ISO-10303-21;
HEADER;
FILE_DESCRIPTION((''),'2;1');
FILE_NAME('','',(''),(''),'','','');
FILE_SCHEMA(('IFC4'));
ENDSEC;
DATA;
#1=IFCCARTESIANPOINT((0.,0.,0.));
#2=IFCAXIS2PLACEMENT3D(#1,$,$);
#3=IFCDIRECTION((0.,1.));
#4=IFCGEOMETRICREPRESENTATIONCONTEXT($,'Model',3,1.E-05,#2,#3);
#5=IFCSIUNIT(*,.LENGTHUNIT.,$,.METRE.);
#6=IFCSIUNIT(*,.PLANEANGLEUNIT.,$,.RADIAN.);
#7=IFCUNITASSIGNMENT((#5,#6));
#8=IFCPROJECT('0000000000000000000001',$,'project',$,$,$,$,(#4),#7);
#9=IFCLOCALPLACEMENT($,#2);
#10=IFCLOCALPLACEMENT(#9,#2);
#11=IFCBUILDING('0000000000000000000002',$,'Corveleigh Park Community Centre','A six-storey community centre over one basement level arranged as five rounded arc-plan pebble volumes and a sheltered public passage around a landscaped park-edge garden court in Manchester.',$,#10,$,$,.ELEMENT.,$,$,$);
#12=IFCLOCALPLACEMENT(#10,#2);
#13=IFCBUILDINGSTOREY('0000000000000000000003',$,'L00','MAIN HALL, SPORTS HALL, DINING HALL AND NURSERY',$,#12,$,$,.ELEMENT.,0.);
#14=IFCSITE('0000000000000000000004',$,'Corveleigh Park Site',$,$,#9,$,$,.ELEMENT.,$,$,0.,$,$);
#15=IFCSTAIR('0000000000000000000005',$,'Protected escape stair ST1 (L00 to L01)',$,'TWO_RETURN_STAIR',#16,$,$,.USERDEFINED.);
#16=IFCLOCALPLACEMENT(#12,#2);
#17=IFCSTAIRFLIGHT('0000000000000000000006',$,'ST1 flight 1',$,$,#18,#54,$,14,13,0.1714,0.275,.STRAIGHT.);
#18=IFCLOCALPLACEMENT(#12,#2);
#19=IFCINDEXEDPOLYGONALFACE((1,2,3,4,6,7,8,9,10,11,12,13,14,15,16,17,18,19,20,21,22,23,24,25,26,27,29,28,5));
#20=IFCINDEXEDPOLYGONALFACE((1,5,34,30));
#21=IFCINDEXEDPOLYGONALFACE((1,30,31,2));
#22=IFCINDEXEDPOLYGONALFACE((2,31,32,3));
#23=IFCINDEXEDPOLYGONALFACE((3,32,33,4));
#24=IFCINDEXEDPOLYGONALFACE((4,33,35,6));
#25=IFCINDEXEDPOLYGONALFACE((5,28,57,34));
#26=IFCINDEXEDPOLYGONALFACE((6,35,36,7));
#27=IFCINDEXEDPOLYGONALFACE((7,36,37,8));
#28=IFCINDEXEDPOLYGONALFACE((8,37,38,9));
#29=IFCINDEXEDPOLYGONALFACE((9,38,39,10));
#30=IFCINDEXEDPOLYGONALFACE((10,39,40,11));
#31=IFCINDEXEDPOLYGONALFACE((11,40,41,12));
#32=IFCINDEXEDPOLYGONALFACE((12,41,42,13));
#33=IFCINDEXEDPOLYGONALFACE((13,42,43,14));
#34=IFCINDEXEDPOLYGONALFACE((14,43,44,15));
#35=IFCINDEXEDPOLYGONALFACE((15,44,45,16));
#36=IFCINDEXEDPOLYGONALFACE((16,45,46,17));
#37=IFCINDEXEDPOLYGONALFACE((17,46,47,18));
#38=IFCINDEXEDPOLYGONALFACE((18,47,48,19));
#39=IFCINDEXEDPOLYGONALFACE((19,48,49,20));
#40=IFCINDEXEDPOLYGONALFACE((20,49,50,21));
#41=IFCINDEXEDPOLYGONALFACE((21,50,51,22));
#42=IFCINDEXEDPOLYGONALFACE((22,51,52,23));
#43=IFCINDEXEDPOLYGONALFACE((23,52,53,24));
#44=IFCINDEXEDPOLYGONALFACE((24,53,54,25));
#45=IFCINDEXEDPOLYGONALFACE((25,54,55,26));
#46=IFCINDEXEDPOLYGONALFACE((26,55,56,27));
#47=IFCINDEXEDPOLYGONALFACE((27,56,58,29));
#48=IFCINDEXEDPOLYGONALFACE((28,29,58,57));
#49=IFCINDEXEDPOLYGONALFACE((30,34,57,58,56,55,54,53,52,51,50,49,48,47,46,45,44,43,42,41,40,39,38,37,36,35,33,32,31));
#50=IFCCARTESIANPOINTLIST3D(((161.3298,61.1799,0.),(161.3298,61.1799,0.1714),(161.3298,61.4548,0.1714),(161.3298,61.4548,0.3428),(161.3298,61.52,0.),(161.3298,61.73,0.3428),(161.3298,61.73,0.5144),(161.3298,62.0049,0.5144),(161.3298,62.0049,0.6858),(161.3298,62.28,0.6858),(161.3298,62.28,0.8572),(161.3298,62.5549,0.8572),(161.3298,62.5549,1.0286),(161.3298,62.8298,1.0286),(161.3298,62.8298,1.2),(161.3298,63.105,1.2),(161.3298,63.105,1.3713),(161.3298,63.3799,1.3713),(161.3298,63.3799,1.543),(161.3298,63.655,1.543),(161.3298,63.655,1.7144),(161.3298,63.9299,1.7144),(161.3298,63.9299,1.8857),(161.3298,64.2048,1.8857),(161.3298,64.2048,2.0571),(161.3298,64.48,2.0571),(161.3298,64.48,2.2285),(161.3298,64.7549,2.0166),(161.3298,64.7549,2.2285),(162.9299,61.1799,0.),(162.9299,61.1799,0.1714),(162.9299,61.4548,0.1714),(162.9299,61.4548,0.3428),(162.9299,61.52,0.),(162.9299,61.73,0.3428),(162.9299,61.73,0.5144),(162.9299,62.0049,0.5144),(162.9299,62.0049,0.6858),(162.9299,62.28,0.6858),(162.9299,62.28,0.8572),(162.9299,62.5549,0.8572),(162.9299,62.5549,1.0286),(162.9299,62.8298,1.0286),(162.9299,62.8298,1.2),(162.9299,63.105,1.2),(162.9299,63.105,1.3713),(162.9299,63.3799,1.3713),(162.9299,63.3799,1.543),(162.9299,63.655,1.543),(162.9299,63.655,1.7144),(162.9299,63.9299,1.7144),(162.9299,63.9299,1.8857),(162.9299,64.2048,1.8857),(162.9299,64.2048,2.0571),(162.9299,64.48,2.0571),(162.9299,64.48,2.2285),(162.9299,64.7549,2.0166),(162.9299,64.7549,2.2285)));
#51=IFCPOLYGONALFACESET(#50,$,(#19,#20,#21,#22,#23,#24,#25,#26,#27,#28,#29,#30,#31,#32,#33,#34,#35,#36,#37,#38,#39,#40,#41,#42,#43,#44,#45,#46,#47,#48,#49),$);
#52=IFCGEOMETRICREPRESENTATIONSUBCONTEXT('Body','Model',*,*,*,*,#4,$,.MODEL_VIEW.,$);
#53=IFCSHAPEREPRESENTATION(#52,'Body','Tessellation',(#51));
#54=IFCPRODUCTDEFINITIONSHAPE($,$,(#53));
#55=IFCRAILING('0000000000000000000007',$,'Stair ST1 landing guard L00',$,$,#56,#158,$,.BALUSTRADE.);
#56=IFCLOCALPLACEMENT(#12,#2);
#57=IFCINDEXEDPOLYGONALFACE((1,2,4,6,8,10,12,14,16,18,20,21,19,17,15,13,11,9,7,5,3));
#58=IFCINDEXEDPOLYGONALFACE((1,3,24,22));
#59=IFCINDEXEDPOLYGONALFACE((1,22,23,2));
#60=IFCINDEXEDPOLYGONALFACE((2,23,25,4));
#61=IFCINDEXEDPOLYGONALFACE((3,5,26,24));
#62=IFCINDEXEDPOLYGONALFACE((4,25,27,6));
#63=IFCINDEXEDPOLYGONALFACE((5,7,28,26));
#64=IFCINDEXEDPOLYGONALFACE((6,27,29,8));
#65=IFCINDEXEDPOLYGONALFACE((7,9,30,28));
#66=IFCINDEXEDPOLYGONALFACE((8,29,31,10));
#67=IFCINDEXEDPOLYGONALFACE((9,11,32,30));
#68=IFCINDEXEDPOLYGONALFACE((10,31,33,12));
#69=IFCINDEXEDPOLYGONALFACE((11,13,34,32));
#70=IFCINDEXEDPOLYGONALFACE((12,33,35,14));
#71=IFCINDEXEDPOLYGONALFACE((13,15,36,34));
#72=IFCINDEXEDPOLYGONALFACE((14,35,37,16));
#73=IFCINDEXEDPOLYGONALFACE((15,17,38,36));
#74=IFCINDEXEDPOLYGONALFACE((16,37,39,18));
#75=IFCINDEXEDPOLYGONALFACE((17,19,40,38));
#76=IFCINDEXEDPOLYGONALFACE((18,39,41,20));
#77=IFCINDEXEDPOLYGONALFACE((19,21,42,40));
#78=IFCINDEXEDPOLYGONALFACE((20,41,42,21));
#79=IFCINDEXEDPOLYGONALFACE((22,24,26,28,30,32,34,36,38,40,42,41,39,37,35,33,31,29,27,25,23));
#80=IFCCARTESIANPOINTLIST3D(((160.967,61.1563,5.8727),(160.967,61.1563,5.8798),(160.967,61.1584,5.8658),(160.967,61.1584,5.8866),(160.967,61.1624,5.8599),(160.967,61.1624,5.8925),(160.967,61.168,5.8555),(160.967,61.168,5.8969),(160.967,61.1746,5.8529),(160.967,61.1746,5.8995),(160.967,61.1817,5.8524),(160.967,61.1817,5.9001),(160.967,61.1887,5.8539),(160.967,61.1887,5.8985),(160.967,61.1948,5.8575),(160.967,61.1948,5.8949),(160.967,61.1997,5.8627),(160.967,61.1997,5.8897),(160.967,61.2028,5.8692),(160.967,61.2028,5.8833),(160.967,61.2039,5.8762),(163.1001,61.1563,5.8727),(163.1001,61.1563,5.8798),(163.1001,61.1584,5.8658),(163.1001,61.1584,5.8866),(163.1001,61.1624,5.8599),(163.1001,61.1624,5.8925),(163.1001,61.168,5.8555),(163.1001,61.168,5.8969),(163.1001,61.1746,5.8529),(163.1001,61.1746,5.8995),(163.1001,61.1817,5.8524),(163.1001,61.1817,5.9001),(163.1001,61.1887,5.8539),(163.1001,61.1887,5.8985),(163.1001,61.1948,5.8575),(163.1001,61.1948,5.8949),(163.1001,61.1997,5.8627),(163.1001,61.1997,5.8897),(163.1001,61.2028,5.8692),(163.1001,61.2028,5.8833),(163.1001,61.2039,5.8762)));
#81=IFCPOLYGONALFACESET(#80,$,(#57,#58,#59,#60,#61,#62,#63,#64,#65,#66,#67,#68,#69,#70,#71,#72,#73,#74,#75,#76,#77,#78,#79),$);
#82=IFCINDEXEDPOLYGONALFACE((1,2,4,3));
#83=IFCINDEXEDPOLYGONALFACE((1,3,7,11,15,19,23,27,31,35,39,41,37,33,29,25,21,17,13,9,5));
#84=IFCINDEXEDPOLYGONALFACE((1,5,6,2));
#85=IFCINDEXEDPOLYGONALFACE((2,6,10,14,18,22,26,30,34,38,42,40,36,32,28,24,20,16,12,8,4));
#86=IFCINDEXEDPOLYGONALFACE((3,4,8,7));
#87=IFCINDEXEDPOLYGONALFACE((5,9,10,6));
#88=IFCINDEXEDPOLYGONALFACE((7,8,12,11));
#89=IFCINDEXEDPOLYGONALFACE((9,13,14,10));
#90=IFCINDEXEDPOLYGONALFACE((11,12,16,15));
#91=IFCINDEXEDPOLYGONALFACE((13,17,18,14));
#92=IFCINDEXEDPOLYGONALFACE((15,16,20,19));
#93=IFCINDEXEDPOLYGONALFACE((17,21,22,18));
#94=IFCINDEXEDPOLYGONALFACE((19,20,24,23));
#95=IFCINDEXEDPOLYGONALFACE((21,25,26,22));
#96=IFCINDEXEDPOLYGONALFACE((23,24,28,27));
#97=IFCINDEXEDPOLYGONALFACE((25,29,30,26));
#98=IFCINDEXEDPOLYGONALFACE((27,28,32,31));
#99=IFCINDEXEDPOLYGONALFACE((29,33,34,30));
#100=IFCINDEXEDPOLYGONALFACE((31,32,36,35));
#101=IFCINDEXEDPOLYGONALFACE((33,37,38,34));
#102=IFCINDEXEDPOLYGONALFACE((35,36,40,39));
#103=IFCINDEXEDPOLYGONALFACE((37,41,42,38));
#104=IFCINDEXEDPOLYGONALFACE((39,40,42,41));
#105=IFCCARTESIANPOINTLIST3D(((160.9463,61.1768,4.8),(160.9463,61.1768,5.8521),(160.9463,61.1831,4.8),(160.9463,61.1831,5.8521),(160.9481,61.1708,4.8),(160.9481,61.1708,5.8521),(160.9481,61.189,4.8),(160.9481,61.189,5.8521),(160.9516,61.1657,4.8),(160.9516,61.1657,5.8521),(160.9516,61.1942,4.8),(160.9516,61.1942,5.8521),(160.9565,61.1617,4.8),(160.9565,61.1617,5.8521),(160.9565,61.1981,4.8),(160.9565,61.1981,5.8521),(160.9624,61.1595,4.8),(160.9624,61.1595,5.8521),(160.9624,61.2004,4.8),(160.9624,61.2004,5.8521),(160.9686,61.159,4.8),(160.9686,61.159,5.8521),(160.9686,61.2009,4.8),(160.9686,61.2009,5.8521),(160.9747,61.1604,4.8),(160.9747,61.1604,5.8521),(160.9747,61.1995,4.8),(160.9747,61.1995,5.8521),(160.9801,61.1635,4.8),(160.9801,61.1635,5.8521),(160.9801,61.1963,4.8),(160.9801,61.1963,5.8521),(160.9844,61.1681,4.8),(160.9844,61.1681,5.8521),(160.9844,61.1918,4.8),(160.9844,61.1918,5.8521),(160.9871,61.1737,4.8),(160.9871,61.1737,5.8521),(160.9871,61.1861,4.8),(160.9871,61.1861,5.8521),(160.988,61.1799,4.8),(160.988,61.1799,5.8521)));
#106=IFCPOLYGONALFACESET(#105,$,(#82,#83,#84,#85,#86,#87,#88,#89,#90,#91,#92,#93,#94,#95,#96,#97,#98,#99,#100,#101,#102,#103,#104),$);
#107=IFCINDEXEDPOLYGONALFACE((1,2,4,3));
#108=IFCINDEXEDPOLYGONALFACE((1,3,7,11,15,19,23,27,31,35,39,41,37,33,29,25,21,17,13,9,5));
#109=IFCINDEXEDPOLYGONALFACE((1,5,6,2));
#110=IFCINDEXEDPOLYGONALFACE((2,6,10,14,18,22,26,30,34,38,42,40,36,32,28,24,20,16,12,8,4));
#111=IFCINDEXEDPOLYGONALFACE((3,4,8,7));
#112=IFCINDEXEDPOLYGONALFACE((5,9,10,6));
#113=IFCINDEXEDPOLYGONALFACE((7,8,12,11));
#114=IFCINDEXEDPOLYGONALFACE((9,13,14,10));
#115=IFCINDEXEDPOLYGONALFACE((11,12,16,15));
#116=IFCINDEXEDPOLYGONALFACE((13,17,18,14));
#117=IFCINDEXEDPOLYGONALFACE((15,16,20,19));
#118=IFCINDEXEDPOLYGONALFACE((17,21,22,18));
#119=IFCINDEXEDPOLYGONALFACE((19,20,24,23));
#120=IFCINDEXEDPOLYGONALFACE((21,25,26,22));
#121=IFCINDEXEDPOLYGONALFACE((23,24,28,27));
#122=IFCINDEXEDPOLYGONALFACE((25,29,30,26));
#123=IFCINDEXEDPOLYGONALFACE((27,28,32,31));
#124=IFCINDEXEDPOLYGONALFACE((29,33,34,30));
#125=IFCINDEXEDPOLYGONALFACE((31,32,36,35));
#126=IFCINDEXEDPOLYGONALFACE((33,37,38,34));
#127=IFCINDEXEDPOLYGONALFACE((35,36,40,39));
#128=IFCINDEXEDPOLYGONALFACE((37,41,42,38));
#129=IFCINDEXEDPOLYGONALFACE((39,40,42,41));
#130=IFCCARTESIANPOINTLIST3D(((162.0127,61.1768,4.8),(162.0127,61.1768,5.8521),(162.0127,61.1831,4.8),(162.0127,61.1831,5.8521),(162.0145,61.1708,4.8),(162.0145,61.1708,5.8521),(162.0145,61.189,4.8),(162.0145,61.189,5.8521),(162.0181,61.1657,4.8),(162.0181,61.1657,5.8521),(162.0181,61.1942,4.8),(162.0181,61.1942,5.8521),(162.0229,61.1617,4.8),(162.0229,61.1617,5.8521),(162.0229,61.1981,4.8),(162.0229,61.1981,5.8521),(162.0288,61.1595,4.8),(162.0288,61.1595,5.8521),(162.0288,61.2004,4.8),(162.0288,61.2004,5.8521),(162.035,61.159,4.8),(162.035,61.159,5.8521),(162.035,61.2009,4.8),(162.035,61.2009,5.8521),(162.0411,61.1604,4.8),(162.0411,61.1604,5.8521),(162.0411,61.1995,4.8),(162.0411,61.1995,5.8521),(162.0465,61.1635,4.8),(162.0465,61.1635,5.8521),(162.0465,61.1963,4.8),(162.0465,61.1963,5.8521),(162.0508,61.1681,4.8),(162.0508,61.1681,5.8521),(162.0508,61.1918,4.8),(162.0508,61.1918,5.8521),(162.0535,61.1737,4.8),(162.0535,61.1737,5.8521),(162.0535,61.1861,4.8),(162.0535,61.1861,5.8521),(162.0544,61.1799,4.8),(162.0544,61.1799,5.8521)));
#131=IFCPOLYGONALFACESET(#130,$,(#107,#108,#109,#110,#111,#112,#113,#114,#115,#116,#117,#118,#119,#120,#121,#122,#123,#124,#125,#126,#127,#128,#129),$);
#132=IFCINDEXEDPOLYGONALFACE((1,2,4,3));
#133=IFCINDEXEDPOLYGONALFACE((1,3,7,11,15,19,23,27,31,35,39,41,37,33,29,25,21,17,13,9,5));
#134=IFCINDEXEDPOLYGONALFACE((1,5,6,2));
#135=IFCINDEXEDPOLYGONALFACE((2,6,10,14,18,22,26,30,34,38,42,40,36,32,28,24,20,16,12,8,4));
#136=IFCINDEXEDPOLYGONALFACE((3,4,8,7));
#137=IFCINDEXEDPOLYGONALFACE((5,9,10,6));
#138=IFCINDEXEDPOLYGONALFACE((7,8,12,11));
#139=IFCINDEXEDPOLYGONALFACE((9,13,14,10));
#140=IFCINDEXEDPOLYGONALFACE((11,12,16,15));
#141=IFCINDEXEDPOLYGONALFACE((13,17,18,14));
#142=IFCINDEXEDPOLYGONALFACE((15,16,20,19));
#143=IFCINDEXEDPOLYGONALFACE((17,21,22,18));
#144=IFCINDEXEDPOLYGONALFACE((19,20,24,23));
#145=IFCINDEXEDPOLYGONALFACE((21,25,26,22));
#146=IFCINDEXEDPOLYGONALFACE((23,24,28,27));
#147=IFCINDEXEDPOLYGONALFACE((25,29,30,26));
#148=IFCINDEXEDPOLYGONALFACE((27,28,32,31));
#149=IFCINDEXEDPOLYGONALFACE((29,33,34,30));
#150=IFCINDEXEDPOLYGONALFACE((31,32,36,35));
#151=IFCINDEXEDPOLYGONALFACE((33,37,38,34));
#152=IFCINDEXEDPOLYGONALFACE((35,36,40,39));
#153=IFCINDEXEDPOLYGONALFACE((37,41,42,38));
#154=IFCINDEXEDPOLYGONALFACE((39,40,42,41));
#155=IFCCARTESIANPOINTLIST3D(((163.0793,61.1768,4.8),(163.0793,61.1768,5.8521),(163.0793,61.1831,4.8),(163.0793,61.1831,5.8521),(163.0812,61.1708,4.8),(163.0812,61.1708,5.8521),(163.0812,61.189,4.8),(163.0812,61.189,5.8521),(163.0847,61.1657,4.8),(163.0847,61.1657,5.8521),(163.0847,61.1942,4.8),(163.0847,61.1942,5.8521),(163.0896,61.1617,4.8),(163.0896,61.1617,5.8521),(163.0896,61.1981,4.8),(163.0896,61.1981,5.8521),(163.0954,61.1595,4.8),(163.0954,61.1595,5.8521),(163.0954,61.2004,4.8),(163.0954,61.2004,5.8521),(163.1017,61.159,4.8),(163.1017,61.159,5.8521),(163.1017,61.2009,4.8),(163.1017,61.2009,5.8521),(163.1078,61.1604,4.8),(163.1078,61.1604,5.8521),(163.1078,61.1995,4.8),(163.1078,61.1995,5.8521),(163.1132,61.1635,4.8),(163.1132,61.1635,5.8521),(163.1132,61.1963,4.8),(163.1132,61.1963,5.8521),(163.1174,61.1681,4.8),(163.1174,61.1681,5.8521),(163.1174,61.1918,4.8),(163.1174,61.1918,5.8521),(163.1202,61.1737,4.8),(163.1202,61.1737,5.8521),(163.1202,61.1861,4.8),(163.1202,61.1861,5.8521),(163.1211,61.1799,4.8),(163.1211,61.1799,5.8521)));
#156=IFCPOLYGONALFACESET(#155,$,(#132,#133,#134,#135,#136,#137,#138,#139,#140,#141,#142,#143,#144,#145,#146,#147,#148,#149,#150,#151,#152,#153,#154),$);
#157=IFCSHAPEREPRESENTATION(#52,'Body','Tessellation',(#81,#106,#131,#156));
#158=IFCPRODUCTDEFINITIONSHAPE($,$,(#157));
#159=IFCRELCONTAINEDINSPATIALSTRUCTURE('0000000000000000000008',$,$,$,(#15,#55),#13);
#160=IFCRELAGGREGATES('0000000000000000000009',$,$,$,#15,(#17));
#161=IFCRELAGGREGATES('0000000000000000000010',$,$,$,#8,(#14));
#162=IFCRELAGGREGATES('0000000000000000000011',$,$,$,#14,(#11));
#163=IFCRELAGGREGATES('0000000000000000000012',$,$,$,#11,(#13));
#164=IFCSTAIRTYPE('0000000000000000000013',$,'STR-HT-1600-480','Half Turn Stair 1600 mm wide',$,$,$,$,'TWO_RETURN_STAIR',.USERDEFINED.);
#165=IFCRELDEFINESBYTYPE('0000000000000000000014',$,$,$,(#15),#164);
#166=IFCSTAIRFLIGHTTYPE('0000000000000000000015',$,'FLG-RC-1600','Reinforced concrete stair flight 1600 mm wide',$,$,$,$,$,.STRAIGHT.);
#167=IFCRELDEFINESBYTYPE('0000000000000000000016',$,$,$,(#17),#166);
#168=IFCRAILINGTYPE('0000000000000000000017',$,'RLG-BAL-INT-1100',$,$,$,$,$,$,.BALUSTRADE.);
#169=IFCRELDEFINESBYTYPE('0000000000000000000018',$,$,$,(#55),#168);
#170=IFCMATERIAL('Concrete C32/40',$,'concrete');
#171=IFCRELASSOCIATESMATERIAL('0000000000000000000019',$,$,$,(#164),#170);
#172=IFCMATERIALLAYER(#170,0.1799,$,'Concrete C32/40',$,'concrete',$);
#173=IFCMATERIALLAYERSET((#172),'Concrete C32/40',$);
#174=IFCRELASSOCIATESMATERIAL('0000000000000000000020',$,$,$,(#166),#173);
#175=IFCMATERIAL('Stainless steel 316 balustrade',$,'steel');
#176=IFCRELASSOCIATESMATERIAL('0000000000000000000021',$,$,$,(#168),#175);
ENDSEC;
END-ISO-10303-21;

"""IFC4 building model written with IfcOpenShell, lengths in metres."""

from ifc_helpers import new_model, si_unit, direction, frame, origin, origin_2d, place, context, subcontext, project, spatial, polyline, circle, outline, extrude, material, layer, layer_set, type_object, element, aggregate, save


model = new_model("IFC4")

# Units and contexts
model_context = context("Model", 3, precision=1e-05, world=origin(), true_north=direction((0.0, 1.0)))
body_context = subcontext(model_context, "Body", "Model", "MODEL_VIEW")
ifc_project = project(units=[si_unit("LENGTHUNIT", "METRE"), si_unit("PLANEANGLEUNIT", "RADIAN")], contexts=[model_context])

# Site, building, storey
site_placement = place(None, origin())
site = spatial("IfcSite", under=ifc_project, at=site_placement, Name="Corveleigh Park Site", CompositionType="ELEMENT", RefElevation=0.0)
building_placement = place(site_placement, origin())
building = spatial("IfcBuilding", under=site, at=building_placement, Name="Corveleigh Park Community Centre", Description="A six-storey community centre over one basement level arranged as five rounded arc-plan pebble volumes and a sheltered public passage around a landscaped park-edge garden court in Manchester.", CompositionType="ELEMENT")
storey_placement = place(building_placement, origin())
storey = spatial("IfcBuildingStorey", under=building, at=storey_placement, Name="L00", Description="MAIN HALL, SPORTS HALL, DINING HALL AND NURSERY", CompositionType="ELEMENT", Elevation=0.0)

# Stair, stair flight
ifc_material_1 = material(Name="Concrete C32/40", Category="concrete")
stair_type = type_object("IfcStairType", Name="STR-HT-1600-480", Description="Half Turn Stair 1600 mm wide", ElementType="TWO_RETURN_STAIR", PredefinedType="USERDEFINED", material=ifc_material_1)
stair_placement = place(storey_placement, origin())
stair = element("IfcStair", 1, at=stair_placement, inside=storey, type_object=stair_type, Name="Protected escape stair ST1 (L00 to L01)", ObjectType="TWO_RETURN_STAIR", PredefinedType="USERDEFINED")
ifc_layer_1 = layer(ifc_material_1, 0.1799, Name="Concrete C32/40", Category="concrete")
ifc_layer_set_1 = layer_set([ifc_layer_1], Name="Concrete C32/40")
stair_flight_type = type_object("IfcStairFlightType", Name="FLG-RC-1600", Description="Reinforced concrete stair flight 1600 mm wide", PredefinedType="STRAIGHT", material=ifc_layer_set_1)
stair_flight_placement = place(storey_placement, frame((162.1299, 61.1799, 0.0), z_axis=(0.0, 0.0, 1.0), x_axis=(0.0, 1.0, 0.0)))
stair_flight = element("IfcStairFlight", 2, at=stair_flight_placement, type_object=stair_flight_type, Name="ST1 flight 1", NumberOfRisers=14, NumberOfTreads=13, PredefinedType="STRAIGHT", RiserHeight=0.1714, TreadLength=0.275, context=body_context, shape_type="SweptSolid", body=[
    extrude(outline(polyline([(0.0, 0.0), (0.0, 0.1714), (0.2749, 0.1714), (0.2749, 0.3428), (0.55, 0.3428), (0.55, 0.5144), (0.825, 0.5144), (0.825, 0.6858), (1.1001, 0.6858), (1.1001, 0.8572), (1.375, 0.8572), (1.375, 1.0286), (1.6499, 1.0286), (1.6499, 1.2), (1.925, 1.2), (1.925, 1.3713), (2.2, 1.3713), (2.2, 1.543), (2.4751, 1.543), (2.4751, 1.7144), (2.75, 1.7144), (2.75, 1.8857), (3.0249, 1.8857), (3.0249, 2.0571), (3.3, 2.0571), (3.3, 2.2285), (3.575, 2.2285), (3.575, 2.3999), (3.575, 2.0166), (0.3401, 0.0), (0.0, 0.0)])), frame((0.0, 0.8, 0.0), z_axis=(0.0, -1.0, 0.0), x_axis=(1.0, 0.0, 0.0)), (0.0, 0.0, 1.0), 1.6001),
])
aggregate(stair, [stair_flight])

# Railing
ifc_material_2 = material(Name="Stainless steel 316 balustrade", Category="steel")
railing_type = type_object("IfcRailingType", Name="RLG-BAL-INT-1100", PredefinedType="BALUSTRADE", material=ifc_material_2)
railing_1_placement = place(storey_placement, frame((160.967, 61.1799, 4.8)))
element("IfcRailing", 3, at=railing_1_placement, inside=storey, type_object=railing_type, Name="Stair ST1 landing guard L00", PredefinedType="BALUSTRADE", context=body_context, shape_type="SweptSolid", body=[
    extrude(circle(Radius=0.0239, at=origin_2d()), frame((0.0, 0.0, 1.0762), z_axis=(1.0, 0.0, 0.0), x_axis=(0.0, 1.0, 0.0)), (0.0, 0.0, 1.0), 2.1331),
    extrude(circle(Radius=0.021, at=origin_2d()), origin(), (0.0, 0.0, 1.0), 1.052),
    extrude(circle(Radius=0.021, at=origin_2d()), frame((1.0664, 0.0, 0.0)), (0.0, 0.0, 1.0), 1.052),
    extrude(circle(Radius=0.021, at=origin_2d()), frame((2.1331, 0.0, 0.0)), (0.0, 0.0, 1.0), 1.052),
])

save(model, "model.ifc")
